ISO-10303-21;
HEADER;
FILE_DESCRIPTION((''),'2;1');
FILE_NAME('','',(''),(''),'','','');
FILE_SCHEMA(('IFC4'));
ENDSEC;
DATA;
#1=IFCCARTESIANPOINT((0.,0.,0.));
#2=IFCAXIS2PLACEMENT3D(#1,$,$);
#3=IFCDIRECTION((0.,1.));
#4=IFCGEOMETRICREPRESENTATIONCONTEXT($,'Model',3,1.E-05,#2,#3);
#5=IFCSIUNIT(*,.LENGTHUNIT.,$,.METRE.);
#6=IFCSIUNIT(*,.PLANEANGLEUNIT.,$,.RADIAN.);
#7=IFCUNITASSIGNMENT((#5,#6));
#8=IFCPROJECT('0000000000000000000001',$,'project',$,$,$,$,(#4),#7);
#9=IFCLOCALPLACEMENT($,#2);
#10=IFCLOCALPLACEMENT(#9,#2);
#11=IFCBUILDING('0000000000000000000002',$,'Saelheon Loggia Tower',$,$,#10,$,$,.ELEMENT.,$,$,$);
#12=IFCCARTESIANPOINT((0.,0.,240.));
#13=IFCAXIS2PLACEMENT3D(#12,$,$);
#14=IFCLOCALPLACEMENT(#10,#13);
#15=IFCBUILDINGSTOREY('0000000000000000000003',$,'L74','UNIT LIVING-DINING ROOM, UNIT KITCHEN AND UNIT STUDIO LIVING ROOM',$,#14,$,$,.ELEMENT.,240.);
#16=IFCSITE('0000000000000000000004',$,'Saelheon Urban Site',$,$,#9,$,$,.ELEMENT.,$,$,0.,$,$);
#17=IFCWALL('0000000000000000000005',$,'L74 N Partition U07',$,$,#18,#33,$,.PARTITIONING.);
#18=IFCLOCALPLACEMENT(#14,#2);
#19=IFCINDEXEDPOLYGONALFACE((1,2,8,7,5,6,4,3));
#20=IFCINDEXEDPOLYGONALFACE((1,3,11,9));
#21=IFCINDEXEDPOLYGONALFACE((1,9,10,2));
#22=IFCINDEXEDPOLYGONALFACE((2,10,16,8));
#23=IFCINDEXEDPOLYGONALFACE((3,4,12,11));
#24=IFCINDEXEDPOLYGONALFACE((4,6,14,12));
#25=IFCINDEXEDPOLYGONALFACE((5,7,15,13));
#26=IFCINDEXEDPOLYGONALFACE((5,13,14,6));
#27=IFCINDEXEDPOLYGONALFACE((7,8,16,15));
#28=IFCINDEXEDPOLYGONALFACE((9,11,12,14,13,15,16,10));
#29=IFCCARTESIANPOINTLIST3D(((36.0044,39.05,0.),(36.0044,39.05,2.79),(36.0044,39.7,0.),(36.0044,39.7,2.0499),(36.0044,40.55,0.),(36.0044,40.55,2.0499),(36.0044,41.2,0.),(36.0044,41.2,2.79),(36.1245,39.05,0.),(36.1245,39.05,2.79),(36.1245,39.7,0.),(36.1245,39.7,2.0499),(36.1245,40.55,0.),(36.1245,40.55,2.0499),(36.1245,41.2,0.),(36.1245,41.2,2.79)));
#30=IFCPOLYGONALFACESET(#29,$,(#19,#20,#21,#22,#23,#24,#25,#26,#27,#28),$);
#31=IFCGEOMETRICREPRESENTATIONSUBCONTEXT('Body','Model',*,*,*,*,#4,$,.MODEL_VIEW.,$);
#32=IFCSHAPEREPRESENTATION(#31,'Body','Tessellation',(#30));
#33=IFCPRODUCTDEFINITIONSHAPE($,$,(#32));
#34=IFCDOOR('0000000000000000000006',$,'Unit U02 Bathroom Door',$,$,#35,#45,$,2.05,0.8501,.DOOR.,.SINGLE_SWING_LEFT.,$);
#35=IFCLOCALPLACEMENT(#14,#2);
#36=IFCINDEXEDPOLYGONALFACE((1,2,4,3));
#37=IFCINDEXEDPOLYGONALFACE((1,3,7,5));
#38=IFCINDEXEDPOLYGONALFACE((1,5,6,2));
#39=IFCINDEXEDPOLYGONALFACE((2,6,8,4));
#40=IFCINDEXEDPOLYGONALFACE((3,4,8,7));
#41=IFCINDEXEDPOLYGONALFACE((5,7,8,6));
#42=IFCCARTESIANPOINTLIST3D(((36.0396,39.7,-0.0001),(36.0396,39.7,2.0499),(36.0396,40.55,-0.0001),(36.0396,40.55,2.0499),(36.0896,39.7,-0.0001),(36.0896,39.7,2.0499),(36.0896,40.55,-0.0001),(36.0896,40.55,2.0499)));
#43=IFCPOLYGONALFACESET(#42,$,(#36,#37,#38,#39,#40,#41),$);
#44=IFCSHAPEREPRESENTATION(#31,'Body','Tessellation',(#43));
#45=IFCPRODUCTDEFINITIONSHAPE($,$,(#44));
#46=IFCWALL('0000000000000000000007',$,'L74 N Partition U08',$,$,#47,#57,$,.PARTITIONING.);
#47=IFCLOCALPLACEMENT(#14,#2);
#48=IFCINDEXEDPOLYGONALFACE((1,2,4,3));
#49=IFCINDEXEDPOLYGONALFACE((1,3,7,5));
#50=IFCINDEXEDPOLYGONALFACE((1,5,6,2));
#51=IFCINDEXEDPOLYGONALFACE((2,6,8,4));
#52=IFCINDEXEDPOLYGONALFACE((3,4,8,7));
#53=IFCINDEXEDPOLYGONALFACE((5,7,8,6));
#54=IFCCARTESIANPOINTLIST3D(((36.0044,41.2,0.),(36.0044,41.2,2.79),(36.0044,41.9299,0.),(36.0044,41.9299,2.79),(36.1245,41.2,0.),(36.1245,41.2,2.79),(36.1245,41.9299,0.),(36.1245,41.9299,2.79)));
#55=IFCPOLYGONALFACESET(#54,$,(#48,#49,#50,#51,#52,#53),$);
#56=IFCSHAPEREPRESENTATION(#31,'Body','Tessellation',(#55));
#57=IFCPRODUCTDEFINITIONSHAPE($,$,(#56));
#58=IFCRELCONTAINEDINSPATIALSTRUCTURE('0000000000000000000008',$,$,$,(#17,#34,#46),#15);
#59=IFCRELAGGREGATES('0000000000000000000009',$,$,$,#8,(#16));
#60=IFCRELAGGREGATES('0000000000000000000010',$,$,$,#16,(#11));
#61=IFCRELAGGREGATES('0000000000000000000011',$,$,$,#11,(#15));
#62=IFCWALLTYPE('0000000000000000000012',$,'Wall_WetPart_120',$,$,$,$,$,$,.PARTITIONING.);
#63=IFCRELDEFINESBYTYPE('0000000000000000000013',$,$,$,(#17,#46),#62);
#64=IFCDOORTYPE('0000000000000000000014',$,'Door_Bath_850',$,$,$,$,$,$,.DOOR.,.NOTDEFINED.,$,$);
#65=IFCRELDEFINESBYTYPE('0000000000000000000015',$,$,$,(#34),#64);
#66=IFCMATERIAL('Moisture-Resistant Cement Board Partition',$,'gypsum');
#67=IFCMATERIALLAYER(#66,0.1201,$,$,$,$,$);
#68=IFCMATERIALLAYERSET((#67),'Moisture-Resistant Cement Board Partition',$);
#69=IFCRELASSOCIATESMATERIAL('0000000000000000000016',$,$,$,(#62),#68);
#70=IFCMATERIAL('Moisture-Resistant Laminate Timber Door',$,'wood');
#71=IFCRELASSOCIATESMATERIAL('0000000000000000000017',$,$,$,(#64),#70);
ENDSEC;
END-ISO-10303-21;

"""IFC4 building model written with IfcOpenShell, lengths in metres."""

from ifc_helpers import new_model, si_unit, direction, frame, frame_2d, origin, place, context, subcontext, project, spatial, rectangle, extrude, source, transform, mapped, material, layer, layer_set, type_object, element, fill, save


model = new_model("IFC4")

# Units and contexts
model_context = context("Model", 3, precision=1e-05, world=origin(), true_north=direction((0.0, 1.0)))
body_context = subcontext(model_context, "Body", "Model", "MODEL_VIEW")
ifc_project = project(units=[si_unit("LENGTHUNIT", "METRE"), si_unit("PLANEANGLEUNIT", "RADIAN")], contexts=[model_context])

# Site, building, storey
site_placement = place(None, origin())
site = spatial("IfcSite", under=ifc_project, at=site_placement, Name="Saelheon Urban Site", CompositionType="ELEMENT", RefElevation=0.0)
building_placement = place(site_placement, origin())
building = spatial("IfcBuilding", under=site, at=building_placement, Name="Saelheon Loggia Tower", CompositionType="ELEMENT")
storey_placement = place(building_placement, frame((0.0, 0.0, 240.0)))
storey = spatial("IfcBuildingStorey", under=building, at=storey_placement, Name="L74", Description="UNIT LIVING-DINING ROOM, UNIT KITCHEN AND UNIT STUDIO LIVING ROOM", CompositionType="ELEMENT", Elevation=240.0)

# Wall, opening, door
ifc_material_1 = material(Name="Moisture-Resistant Cement Board Partition", Category="gypsum")
ifc_layer_1 = layer(ifc_material_1, 0.1201)
ifc_layer_set_1 = layer_set([ifc_layer_1], Name="Moisture-Resistant Cement Board Partition")
wall_type_1 = type_object("IfcWallType", Name="Wall_WetPart_120", PredefinedType="PARTITIONING", material=ifc_layer_set_1)
wall_1_placement = place(storey_placement, frame((36.0645, 39.05, 0.0), z_axis=(0.0, 0.0, 1.0), x_axis=(0.0, 1.0, 0.0)))
wall_1 = element("IfcWall", 1, at=wall_1_placement, inside=storey, type_object=wall_type_1, Name="L74 N Partition U07", PredefinedType="PARTITIONING", context=body_context, shape_type="SweptSolid", body=[
    extrude(rectangle(XDim=2.1499, YDim=0.1201, at=frame_2d((1.075, 0.0))), origin(), (0.0, 0.0, 1.0), 2.79),
])
opening_1_placement = place(wall_1_placement, frame((0.6499, 0.0, 0.0)))
opening_1 = element("IfcOpeningElement", 2, at=opening_1_placement, cuts=wall_1, PredefinedType="OPENING", context=body_context, shape_type="SweptSolid", body=[
    extrude(rectangle(XDim=0.8501, YDim=2.05, at=frame_2d((0.425, 1.0249))), frame((0.0, 0.072, 0.0), z_axis=(0.0, -1.0, 0.0), x_axis=(1.0, 0.0, 0.0)), (0.0, 0.0, 1.0), 0.144),
])
ifc_material_2 = material(Name="Moisture-Resistant Laminate Timber Door", Category="wood")
door_type_1 = type_object("IfcDoorType", Name="Door_Bath_850", OperationType="NOTDEFINED", PredefinedType="DOOR", material=ifc_material_2)
shared_shape_1 = source(origin(), body_context, "Body", "SweptSolid", [
    extrude(rectangle(XDim=0.8501, YDim=2.05, at=frame_2d((0.425, 1.0249))), frame((0.0, 0.0249, 0.0), z_axis=(0.0, -1.0, 0.0), x_axis=(1.0, 0.0, 0.0)), (0.0, 0.0, 1.0), 0.05),
])
door_1_placement = place(opening_1_placement, origin())
door_1 = element("IfcDoor", 3, at=door_1_placement, inside=storey, type_object=door_type_1, Name="Unit U02 Bathroom Door", OperationType="SINGLE_SWING_LEFT", OverallHeight=2.05, OverallWidth=0.8501, PredefinedType="DOOR", context=body_context, shape_type="MappedRepresentation", body=[
    mapped(shared_shape_1, transform((0.0, 0.0, 0.0), scale=1.0)),
])
fill(opening_1, door_1)

# Wall
wall_2_placement = place(storey_placement, frame((36.0645, 41.2, 0.0), z_axis=(0.0, 0.0, 1.0), x_axis=(0.0, 1.0, 0.0)))
element("IfcWall", 4, at=wall_2_placement, inside=storey, type_object=wall_type_1, Name="L74 N Partition U08", PredefinedType="PARTITIONING", context=body_context, shape_type="SweptSolid", body=[
    extrude(rectangle(XDim=0.73, YDim=0.1201, at=frame_2d((0.365, 0.0))), origin(), (0.0, 0.0, 1.0), 2.79),
])

save(model, "model.ifc")
